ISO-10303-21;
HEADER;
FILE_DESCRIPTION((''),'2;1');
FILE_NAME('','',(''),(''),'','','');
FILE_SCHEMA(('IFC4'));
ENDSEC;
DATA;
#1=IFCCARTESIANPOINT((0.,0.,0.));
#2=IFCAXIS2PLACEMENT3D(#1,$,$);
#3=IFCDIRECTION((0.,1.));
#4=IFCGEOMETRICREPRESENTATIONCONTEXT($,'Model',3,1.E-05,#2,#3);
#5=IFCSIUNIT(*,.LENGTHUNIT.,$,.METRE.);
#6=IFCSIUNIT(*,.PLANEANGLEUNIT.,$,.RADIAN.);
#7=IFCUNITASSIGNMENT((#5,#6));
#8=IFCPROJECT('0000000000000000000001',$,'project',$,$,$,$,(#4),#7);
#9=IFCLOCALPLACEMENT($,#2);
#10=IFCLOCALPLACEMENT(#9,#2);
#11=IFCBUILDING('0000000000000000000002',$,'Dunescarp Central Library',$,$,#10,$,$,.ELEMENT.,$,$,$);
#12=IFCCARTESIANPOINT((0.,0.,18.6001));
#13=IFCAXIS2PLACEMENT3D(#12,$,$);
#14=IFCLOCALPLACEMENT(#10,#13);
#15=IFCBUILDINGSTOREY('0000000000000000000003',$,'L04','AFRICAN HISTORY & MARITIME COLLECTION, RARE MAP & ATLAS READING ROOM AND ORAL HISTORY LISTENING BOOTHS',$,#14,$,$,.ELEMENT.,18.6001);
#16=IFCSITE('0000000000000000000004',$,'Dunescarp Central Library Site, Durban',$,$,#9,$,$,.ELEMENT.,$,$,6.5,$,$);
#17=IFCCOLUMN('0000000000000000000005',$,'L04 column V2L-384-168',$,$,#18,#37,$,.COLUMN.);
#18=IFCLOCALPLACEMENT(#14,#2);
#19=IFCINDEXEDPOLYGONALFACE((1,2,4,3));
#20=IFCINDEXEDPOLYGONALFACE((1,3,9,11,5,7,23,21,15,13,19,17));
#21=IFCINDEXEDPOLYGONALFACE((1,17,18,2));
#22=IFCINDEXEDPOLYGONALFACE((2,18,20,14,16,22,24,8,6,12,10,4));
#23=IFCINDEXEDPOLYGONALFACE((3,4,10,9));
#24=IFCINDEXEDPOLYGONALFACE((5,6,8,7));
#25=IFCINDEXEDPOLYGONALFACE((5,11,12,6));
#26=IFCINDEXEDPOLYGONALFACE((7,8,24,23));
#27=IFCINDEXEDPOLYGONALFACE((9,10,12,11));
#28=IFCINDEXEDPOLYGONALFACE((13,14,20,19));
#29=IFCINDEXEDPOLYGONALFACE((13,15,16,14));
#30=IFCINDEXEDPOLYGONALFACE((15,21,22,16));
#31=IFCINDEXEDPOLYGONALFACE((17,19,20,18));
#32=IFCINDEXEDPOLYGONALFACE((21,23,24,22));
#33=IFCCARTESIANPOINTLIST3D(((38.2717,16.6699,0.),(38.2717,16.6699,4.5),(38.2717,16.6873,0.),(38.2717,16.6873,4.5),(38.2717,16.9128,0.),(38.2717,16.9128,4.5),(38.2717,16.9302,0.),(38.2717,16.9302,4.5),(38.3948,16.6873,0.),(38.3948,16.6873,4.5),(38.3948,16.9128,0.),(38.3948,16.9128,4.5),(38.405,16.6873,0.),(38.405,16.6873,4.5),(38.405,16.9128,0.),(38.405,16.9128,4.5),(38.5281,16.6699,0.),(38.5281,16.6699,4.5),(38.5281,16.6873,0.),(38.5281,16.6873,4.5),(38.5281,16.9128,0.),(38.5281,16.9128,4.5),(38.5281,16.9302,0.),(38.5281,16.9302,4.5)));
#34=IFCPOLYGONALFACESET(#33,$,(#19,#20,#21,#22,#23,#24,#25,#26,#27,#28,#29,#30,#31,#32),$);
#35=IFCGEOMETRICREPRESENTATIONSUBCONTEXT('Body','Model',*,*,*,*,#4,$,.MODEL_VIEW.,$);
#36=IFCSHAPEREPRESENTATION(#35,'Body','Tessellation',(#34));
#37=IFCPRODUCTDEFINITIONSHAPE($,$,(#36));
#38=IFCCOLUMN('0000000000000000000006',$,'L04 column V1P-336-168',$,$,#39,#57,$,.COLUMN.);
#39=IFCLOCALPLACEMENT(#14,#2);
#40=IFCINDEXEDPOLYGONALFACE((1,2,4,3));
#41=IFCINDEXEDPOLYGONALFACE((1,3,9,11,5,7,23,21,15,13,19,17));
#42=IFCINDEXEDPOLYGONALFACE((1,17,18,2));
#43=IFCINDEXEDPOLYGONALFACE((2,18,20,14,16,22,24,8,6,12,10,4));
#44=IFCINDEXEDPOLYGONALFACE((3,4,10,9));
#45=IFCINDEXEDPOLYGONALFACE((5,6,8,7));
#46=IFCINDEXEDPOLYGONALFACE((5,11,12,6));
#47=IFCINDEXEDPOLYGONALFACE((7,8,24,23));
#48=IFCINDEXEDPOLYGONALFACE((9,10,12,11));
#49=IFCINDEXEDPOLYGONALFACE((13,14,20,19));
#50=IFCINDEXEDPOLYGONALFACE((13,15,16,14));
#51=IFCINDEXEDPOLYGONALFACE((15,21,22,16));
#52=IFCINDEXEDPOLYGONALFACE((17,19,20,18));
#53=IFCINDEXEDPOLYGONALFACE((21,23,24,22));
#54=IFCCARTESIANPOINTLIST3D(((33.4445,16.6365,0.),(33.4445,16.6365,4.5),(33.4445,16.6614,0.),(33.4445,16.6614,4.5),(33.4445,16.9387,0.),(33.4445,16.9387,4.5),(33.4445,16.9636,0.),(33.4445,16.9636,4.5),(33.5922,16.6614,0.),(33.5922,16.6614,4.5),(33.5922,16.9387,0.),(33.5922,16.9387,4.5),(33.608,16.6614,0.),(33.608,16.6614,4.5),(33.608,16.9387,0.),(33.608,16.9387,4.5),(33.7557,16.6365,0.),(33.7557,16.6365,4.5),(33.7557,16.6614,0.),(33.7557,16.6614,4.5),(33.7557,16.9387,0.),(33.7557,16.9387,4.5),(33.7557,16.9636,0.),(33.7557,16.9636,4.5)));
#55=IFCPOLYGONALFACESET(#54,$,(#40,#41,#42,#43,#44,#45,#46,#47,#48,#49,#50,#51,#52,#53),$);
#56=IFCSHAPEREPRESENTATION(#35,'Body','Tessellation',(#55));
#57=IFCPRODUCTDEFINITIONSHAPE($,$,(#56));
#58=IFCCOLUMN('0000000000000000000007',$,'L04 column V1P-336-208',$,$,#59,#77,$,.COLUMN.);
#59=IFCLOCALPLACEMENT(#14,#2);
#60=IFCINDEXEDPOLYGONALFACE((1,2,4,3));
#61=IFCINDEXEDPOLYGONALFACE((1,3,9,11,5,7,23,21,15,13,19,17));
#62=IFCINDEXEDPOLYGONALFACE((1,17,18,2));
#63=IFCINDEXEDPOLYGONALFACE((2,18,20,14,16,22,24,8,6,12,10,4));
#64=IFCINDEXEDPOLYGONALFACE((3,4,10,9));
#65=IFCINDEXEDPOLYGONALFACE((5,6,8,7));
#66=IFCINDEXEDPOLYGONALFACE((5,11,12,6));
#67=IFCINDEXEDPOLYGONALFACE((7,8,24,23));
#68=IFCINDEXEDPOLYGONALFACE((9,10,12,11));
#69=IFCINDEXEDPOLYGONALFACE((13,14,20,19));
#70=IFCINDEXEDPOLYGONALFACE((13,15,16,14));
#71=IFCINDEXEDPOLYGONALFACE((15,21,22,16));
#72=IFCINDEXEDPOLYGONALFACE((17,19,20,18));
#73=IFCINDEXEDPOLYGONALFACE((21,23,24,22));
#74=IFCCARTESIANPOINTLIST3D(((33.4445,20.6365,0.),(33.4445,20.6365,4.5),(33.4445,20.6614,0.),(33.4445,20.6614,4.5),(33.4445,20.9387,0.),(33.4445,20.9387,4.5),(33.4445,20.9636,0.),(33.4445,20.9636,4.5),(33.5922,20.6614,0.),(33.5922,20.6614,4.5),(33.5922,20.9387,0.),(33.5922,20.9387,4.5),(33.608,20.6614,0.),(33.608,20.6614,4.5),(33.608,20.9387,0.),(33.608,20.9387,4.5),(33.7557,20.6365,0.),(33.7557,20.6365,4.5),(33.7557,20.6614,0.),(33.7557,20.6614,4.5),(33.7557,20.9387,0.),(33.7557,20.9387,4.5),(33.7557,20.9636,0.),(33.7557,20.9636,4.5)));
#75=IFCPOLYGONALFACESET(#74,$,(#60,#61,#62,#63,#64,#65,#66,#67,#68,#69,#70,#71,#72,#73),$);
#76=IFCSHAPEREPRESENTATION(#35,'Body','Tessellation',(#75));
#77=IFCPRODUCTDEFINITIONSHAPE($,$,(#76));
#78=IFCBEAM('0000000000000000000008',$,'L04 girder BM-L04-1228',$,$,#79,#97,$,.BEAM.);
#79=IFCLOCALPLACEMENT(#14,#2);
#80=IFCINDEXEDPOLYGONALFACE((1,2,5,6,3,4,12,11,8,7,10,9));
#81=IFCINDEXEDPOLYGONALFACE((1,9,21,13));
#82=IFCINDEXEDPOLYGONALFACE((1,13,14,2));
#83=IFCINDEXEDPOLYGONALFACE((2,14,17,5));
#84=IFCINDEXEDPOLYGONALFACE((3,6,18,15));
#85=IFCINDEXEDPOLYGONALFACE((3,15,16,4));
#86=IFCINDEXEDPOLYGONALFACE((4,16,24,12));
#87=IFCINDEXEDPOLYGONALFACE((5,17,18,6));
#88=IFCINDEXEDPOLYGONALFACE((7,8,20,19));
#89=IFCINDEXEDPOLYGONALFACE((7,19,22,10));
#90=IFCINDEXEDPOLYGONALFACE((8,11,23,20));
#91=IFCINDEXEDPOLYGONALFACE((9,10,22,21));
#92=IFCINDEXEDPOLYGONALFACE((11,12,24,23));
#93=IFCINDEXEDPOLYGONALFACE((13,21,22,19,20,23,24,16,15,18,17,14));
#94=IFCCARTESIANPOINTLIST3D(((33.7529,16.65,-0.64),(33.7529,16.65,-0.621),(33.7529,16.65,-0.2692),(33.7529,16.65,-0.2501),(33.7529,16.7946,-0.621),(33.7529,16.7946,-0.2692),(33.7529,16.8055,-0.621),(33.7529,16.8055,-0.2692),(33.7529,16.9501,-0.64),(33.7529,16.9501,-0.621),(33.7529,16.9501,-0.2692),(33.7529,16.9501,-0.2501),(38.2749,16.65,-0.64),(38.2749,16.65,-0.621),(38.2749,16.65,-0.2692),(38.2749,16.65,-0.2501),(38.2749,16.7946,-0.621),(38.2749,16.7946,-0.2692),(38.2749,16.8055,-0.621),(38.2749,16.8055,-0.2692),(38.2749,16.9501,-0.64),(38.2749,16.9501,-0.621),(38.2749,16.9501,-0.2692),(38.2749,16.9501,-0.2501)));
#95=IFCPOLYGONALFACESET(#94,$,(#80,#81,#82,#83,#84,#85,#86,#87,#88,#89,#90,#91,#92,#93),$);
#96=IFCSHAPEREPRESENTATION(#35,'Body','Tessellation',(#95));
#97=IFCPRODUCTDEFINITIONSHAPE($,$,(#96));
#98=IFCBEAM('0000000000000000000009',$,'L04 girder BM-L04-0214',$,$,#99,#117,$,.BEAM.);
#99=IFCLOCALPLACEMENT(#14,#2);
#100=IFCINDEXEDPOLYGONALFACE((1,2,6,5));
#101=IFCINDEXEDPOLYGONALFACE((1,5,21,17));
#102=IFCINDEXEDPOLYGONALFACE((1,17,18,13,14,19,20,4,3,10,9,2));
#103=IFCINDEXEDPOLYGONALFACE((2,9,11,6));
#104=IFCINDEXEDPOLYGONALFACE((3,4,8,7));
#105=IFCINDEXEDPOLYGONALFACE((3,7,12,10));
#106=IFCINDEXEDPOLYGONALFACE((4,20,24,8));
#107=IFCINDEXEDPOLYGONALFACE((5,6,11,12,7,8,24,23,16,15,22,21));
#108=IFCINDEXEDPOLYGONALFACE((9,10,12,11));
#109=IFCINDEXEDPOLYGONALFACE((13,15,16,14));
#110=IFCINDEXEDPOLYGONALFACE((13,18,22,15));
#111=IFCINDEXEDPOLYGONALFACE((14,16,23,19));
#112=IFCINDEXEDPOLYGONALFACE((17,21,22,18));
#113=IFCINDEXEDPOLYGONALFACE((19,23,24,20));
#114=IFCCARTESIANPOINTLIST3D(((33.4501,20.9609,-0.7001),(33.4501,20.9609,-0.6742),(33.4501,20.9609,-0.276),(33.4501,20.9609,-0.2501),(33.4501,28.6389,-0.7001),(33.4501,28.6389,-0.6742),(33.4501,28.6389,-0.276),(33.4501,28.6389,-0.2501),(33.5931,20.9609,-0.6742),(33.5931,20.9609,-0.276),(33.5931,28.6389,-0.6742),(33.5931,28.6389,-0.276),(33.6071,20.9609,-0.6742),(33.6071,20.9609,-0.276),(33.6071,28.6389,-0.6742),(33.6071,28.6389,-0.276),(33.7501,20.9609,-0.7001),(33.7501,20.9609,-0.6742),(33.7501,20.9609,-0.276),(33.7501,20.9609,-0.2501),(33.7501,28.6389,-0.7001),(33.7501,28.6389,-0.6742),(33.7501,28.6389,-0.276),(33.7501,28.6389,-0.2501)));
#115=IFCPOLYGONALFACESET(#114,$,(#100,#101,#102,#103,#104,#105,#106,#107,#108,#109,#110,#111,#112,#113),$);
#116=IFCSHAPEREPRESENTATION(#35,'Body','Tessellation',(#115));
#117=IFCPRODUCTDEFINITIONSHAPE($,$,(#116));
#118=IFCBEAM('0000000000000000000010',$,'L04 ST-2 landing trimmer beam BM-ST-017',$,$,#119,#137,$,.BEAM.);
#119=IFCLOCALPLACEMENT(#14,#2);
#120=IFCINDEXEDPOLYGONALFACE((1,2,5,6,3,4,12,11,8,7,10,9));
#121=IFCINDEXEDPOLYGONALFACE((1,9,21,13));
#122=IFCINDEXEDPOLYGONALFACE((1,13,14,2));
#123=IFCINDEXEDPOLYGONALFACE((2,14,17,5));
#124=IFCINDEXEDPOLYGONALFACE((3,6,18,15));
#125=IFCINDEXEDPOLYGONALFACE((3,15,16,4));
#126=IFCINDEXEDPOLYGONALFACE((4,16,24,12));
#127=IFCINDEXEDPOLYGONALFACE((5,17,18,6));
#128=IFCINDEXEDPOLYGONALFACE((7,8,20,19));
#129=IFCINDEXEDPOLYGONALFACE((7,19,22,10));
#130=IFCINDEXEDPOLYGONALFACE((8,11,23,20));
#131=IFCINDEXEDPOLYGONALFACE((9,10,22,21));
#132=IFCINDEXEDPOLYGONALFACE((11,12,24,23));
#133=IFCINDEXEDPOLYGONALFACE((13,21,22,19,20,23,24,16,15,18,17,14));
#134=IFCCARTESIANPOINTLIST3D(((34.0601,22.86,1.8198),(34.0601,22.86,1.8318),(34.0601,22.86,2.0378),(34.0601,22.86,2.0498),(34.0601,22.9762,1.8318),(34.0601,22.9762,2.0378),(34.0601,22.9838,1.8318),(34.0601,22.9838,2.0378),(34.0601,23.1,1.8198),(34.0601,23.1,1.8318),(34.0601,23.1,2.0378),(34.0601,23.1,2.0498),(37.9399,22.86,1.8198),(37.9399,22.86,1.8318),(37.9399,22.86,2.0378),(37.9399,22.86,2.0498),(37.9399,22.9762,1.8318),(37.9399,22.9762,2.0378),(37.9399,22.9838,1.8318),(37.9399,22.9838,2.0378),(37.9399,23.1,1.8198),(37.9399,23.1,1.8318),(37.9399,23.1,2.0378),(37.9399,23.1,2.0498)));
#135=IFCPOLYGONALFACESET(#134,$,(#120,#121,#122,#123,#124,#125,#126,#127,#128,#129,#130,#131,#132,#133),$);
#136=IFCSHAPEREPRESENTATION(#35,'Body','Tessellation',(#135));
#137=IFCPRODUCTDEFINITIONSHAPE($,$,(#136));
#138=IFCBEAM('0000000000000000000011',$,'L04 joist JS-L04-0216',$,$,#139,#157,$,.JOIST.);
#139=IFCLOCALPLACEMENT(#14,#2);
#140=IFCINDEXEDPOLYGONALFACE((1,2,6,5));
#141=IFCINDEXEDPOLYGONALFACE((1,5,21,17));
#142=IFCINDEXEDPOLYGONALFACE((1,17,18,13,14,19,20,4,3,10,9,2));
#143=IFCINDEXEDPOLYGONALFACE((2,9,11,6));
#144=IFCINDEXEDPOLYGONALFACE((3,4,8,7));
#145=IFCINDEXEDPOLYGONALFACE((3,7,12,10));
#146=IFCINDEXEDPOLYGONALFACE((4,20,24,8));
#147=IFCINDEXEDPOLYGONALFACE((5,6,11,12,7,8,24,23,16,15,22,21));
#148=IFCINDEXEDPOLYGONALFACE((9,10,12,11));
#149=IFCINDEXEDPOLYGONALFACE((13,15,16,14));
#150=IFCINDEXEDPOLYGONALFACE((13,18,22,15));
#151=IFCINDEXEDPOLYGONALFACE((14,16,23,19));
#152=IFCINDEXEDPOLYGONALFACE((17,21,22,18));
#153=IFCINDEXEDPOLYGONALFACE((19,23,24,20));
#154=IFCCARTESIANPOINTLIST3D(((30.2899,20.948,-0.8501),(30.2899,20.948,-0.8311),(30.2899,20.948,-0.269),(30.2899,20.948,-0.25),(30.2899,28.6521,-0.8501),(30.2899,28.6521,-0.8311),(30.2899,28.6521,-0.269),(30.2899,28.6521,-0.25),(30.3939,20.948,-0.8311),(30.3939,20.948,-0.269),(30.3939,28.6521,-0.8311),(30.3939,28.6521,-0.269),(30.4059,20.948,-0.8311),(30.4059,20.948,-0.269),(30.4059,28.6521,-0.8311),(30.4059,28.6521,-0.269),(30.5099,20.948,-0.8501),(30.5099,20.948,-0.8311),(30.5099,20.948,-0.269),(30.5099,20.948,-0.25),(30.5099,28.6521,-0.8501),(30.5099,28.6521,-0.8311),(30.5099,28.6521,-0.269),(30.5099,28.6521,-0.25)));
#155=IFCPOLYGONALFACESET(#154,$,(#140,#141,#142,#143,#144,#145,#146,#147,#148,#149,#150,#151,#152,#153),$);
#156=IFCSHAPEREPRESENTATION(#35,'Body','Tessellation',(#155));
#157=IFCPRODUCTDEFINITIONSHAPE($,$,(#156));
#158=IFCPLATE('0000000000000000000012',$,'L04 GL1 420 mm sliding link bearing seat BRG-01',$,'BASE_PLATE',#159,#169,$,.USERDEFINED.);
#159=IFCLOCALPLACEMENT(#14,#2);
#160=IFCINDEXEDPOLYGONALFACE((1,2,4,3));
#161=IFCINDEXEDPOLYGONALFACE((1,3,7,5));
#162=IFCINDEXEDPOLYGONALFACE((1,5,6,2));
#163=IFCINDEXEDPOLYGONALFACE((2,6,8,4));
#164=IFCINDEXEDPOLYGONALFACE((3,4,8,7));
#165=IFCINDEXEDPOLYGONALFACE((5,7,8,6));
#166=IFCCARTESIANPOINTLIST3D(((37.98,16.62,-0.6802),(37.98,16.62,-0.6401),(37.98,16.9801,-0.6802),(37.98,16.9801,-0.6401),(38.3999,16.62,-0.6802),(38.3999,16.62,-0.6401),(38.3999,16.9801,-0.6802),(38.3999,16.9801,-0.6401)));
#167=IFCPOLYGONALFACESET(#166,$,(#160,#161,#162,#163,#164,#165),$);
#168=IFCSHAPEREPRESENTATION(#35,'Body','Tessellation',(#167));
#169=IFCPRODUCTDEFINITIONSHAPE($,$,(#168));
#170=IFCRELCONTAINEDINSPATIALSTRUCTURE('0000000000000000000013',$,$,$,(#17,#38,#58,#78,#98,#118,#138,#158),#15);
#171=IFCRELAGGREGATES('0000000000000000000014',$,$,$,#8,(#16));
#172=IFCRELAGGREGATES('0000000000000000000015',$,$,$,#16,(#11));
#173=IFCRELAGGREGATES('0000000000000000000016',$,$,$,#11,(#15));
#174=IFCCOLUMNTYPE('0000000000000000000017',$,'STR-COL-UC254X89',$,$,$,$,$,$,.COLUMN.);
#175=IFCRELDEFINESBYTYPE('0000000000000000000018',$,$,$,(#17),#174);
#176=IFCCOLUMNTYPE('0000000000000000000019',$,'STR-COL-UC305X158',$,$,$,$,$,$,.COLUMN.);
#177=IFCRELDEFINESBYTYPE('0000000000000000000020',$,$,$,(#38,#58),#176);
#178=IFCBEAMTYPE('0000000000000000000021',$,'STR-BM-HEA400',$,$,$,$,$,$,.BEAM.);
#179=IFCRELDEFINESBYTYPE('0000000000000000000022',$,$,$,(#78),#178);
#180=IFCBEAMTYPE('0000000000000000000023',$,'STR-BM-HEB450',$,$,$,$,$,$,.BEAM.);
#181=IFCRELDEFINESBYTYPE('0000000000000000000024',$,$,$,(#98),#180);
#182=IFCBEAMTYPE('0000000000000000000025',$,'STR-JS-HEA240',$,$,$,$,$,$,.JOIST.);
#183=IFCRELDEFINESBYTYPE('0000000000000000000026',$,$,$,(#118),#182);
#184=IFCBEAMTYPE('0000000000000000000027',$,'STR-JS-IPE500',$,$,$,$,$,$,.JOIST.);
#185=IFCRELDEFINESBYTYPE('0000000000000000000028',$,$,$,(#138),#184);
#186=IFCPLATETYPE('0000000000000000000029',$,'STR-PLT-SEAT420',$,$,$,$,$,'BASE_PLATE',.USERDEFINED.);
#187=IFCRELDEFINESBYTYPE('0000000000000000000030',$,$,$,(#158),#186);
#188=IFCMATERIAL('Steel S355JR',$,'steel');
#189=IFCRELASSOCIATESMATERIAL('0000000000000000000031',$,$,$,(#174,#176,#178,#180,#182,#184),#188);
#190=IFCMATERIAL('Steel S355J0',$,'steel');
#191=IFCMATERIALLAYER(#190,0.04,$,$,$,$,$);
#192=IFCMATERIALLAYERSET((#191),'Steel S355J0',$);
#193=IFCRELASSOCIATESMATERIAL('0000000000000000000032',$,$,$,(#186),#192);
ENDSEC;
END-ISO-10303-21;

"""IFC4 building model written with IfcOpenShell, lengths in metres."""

from ifc_helpers import new_model, si_unit, direction, frame, origin, origin_2d, place, context, subcontext, project, spatial, rectangle, i_section, extrude, material, layer, layer_set, material_profile, profile_set, type_object, element, save


model = new_model("IFC4")

# Units and contexts
model_context = context("Model", 3, precision=1e-05, world=origin(), true_north=direction((0.0, 1.0)))
body_context = subcontext(model_context, "Body", "Model", "MODEL_VIEW")
ifc_project = project(units=[si_unit("LENGTHUNIT", "METRE"), si_unit("PLANEANGLEUNIT", "RADIAN")], contexts=[model_context])

# Site, building, storey
site_placement = place(None, origin())
site = spatial("IfcSite", under=ifc_project, at=site_placement, Name="Dunescarp Central Library Site, Durban", CompositionType="ELEMENT", RefElevation=6.5)
building_placement = place(site_placement, origin())
building = spatial("IfcBuilding", under=site, at=building_placement, Name="Dunescarp Central Library", CompositionType="ELEMENT")
storey_placement = place(building_placement, frame((0.0, 0.0, 18.6001)))
storey = spatial("IfcBuildingStorey", under=building, at=storey_placement, Name="L04", Description="AFRICAN HISTORY & MARITIME COLLECTION, RARE MAP & ATLAS READING ROOM AND ORAL HISTORY LISTENING BOOTHS", CompositionType="ELEMENT", Elevation=18.6001)

# Columns
ifc_material_1 = material(Name="Steel S355JR", Category="steel")
ifc_material_profile_1 = material_profile(ifc_material_1, i_section(OverallWidth=0.2563, OverallDepth=0.2603, WebThickness=0.0103, FlangeThickness=0.0173, at=origin_2d()), Name="UC 254x254x89")
ifc_profile_set_1 = profile_set([ifc_material_profile_1], Name="Steel S355JR")
column_type_1 = type_object("IfcColumnType", Name="STR-COL-UC254X89", PredefinedType="COLUMN", material=ifc_profile_set_1)
column_placement = place(storey_placement, frame((38.3999, 16.8, 0.0), z_axis=(0.0, 0.0, 1.0), x_axis=(1.0, 0.0, 0.0)))
element("IfcColumn", 1, at=column_placement, inside=storey, type_object=column_type_1, Name="L04 column V2L-384-168", PredefinedType="COLUMN", context=body_context, shape_type="SweptSolid", body=[
    extrude(i_section(OverallWidth=0.2563, OverallDepth=0.2603, WebThickness=0.0103, FlangeThickness=0.0173, at=origin_2d()), origin(), (0.0, 0.0, 1.0), 4.5),
])
ifc_material_profile_2 = material_profile(ifc_material_1, i_section(OverallWidth=0.3113, OverallDepth=0.3271, WebThickness=0.0159, FlangeThickness=0.0249, at=origin_2d()), Name="UC 305x305x158")
ifc_profile_set_2 = profile_set([ifc_material_profile_2], Name="Steel S355JR")
column_type_2 = type_object("IfcColumnType", Name="STR-COL-UC305X158", PredefinedType="COLUMN", material=ifc_profile_set_2)
for number, where, z_axis, x_axis, name in (
    (2, (33.6001, 16.8, 0.0), (0.0, 0.0, 1.0), (1.0, 0.0, 0.0), "L04 column V1P-336-168"),
    (3, (33.6001, 20.8, 0.0), (0.0, 0.0, 1.0), (1.0, 0.0, 0.0), "L04 column V1P-336-208"),
):
    element("IfcColumn", number, at=place(storey_placement, frame(where, z_axis=z_axis, x_axis=x_axis)), inside=storey, type_object=column_type_2, Name=name, PredefinedType="COLUMN", context=body_context, shape_type="SweptSolid", body=[
        extrude(i_section(OverallWidth=0.3113, OverallDepth=0.3271, WebThickness=0.0159, FlangeThickness=0.0249, at=origin_2d()), origin(), (0.0, 0.0, 1.0), 4.5),
    ])

# Beams
ifc_material_profile_3 = material_profile(ifc_material_1, i_section(OverallWidth=0.3, OverallDepth=0.3899, WebThickness=0.011, FlangeThickness=0.019, at=origin_2d()), Name="HEA 400")
ifc_profile_set_3 = profile_set([ifc_material_profile_3], Name="Steel S355JR")
beam_type_1 = type_object("IfcBeamType", Name="STR-BM-HEA400", PredefinedType="BEAM", material=ifc_profile_set_3)
beam_1_placement = place(storey_placement, frame((33.7529, 16.8, -0.4451), z_axis=(1.0, 0.0, 0.0), x_axis=(0.0, 1.0, 0.0)))
element("IfcBeam", 4, at=beam_1_placement, inside=storey, type_object=beam_type_1, Name="L04 girder BM-L04-1228", PredefinedType="BEAM", context=body_context, shape_type="SweptSolid", body=[
    extrude(i_section(OverallWidth=0.3, OverallDepth=0.3899, WebThickness=0.011, FlangeThickness=0.019, at=origin_2d()), origin(), (0.0, 0.0, 1.0), 4.522),
])
ifc_material_profile_4 = material_profile(ifc_material_1, i_section(OverallWidth=0.3, OverallDepth=0.45, WebThickness=0.0139, FlangeThickness=0.0259, at=origin_2d()), Name="HEB 450")
ifc_profile_set_4 = profile_set([ifc_material_profile_4], Name="Steel S355JR")
beam_type_2 = type_object("IfcBeamType", Name="STR-BM-HEB450", PredefinedType="BEAM", material=ifc_profile_set_4)
beam_2_placement = place(storey_placement, frame((33.6001, 20.9609, -0.4751), z_axis=(0.0, 1.0, 0.0), x_axis=(-1.0, 0.0, 0.0)))
element("IfcBeam", 5, at=beam_2_placement, inside=storey, type_object=beam_type_2, Name="L04 girder BM-L04-0214", PredefinedType="BEAM", context=body_context, shape_type="SweptSolid", body=[
    extrude(i_section(OverallWidth=0.3, OverallDepth=0.45, WebThickness=0.0139, FlangeThickness=0.0259, at=origin_2d()), origin(), (0.0, 0.0, 1.0), 7.678),
])
ifc_material_profile_5 = material_profile(ifc_material_1, i_section(OverallWidth=0.24, OverallDepth=0.23, WebThickness=0.0076, FlangeThickness=0.012, at=origin_2d()), Name="HEA 240")
ifc_profile_set_5 = profile_set([ifc_material_profile_5], Name="Steel S355JR")
beam_type_3 = type_object("IfcBeamType", Name="STR-JS-HEA240", PredefinedType="JOIST", material=ifc_profile_set_5)
beam_3_placement = place(storey_placement, frame((34.0601, 22.98, 1.9348), z_axis=(1.0, 0.0, 0.0), x_axis=(0.0, 1.0, 0.0)))
element("IfcBeam", 6, at=beam_3_placement, inside=storey, type_object=beam_type_3, Name="L04 ST-2 landing trimmer beam BM-ST-017", PredefinedType="BEAM", context=body_context, shape_type="SweptSolid", body=[
    extrude(i_section(OverallWidth=0.24, OverallDepth=0.23, WebThickness=0.0076, FlangeThickness=0.012, at=origin_2d()), origin(), (0.0, 0.0, 1.0), 3.8799),
])
ifc_material_profile_6 = material_profile(ifc_material_1, i_section(OverallWidth=0.22, OverallDepth=0.6001, WebThickness=0.012, FlangeThickness=0.019, at=origin_2d()), Name="IPE 600")
ifc_profile_set_6 = profile_set([ifc_material_profile_6], Name="Steel S355JR")
beam_type_4 = type_object("IfcBeamType", Name="STR-JS-IPE500", PredefinedType="JOIST", material=ifc_profile_set_6)
beam_4_placement = place(storey_placement, frame((30.3999, 20.948, -0.55), z_axis=(0.0, 1.0, 0.0), x_axis=(-1.0, 0.0, 0.0)))
element("IfcBeam", 7, at=beam_4_placement, inside=storey, type_object=beam_type_4, Name="L04 joist JS-L04-0216", PredefinedType="JOIST", context=body_context, shape_type="SweptSolid", body=[
    extrude(i_section(OverallWidth=0.22, OverallDepth=0.6001, WebThickness=0.012, FlangeThickness=0.019, at=origin_2d()), origin(), (0.0, 0.0, 1.0), 7.7041),
])

# Plate
ifc_material_2 = material(Name="Steel S355J0", Category="steel")
ifc_layer_1 = layer(ifc_material_2, 0.04)
ifc_layer_set_1 = layer_set([ifc_layer_1], Name="Steel S355J0")
plate_type = type_object("IfcPlateType", Name="STR-PLT-SEAT420", ElementType="BASE_PLATE", PredefinedType="USERDEFINED", material=ifc_layer_set_1)
plate_placement = place(storey_placement, frame((38.1899, 16.8, -0.6802), z_axis=(0.0, 0.0, 1.0), x_axis=(1.0, 0.0, 0.0)))
element("IfcPlate", 8, at=plate_placement, inside=storey, type_object=plate_type, Name="L04 GL1 420 mm sliding link bearing seat BRG-01", ObjectType="BASE_PLATE", PredefinedType="USERDEFINED", context=body_context, shape_type="SweptSolid", body=[
    extrude(rectangle(XDim=0.4199, YDim=0.3601, at=origin_2d()), origin(), (0.0, 0.0, 1.0), 0.04),
])

save(model, "model.ifc")
